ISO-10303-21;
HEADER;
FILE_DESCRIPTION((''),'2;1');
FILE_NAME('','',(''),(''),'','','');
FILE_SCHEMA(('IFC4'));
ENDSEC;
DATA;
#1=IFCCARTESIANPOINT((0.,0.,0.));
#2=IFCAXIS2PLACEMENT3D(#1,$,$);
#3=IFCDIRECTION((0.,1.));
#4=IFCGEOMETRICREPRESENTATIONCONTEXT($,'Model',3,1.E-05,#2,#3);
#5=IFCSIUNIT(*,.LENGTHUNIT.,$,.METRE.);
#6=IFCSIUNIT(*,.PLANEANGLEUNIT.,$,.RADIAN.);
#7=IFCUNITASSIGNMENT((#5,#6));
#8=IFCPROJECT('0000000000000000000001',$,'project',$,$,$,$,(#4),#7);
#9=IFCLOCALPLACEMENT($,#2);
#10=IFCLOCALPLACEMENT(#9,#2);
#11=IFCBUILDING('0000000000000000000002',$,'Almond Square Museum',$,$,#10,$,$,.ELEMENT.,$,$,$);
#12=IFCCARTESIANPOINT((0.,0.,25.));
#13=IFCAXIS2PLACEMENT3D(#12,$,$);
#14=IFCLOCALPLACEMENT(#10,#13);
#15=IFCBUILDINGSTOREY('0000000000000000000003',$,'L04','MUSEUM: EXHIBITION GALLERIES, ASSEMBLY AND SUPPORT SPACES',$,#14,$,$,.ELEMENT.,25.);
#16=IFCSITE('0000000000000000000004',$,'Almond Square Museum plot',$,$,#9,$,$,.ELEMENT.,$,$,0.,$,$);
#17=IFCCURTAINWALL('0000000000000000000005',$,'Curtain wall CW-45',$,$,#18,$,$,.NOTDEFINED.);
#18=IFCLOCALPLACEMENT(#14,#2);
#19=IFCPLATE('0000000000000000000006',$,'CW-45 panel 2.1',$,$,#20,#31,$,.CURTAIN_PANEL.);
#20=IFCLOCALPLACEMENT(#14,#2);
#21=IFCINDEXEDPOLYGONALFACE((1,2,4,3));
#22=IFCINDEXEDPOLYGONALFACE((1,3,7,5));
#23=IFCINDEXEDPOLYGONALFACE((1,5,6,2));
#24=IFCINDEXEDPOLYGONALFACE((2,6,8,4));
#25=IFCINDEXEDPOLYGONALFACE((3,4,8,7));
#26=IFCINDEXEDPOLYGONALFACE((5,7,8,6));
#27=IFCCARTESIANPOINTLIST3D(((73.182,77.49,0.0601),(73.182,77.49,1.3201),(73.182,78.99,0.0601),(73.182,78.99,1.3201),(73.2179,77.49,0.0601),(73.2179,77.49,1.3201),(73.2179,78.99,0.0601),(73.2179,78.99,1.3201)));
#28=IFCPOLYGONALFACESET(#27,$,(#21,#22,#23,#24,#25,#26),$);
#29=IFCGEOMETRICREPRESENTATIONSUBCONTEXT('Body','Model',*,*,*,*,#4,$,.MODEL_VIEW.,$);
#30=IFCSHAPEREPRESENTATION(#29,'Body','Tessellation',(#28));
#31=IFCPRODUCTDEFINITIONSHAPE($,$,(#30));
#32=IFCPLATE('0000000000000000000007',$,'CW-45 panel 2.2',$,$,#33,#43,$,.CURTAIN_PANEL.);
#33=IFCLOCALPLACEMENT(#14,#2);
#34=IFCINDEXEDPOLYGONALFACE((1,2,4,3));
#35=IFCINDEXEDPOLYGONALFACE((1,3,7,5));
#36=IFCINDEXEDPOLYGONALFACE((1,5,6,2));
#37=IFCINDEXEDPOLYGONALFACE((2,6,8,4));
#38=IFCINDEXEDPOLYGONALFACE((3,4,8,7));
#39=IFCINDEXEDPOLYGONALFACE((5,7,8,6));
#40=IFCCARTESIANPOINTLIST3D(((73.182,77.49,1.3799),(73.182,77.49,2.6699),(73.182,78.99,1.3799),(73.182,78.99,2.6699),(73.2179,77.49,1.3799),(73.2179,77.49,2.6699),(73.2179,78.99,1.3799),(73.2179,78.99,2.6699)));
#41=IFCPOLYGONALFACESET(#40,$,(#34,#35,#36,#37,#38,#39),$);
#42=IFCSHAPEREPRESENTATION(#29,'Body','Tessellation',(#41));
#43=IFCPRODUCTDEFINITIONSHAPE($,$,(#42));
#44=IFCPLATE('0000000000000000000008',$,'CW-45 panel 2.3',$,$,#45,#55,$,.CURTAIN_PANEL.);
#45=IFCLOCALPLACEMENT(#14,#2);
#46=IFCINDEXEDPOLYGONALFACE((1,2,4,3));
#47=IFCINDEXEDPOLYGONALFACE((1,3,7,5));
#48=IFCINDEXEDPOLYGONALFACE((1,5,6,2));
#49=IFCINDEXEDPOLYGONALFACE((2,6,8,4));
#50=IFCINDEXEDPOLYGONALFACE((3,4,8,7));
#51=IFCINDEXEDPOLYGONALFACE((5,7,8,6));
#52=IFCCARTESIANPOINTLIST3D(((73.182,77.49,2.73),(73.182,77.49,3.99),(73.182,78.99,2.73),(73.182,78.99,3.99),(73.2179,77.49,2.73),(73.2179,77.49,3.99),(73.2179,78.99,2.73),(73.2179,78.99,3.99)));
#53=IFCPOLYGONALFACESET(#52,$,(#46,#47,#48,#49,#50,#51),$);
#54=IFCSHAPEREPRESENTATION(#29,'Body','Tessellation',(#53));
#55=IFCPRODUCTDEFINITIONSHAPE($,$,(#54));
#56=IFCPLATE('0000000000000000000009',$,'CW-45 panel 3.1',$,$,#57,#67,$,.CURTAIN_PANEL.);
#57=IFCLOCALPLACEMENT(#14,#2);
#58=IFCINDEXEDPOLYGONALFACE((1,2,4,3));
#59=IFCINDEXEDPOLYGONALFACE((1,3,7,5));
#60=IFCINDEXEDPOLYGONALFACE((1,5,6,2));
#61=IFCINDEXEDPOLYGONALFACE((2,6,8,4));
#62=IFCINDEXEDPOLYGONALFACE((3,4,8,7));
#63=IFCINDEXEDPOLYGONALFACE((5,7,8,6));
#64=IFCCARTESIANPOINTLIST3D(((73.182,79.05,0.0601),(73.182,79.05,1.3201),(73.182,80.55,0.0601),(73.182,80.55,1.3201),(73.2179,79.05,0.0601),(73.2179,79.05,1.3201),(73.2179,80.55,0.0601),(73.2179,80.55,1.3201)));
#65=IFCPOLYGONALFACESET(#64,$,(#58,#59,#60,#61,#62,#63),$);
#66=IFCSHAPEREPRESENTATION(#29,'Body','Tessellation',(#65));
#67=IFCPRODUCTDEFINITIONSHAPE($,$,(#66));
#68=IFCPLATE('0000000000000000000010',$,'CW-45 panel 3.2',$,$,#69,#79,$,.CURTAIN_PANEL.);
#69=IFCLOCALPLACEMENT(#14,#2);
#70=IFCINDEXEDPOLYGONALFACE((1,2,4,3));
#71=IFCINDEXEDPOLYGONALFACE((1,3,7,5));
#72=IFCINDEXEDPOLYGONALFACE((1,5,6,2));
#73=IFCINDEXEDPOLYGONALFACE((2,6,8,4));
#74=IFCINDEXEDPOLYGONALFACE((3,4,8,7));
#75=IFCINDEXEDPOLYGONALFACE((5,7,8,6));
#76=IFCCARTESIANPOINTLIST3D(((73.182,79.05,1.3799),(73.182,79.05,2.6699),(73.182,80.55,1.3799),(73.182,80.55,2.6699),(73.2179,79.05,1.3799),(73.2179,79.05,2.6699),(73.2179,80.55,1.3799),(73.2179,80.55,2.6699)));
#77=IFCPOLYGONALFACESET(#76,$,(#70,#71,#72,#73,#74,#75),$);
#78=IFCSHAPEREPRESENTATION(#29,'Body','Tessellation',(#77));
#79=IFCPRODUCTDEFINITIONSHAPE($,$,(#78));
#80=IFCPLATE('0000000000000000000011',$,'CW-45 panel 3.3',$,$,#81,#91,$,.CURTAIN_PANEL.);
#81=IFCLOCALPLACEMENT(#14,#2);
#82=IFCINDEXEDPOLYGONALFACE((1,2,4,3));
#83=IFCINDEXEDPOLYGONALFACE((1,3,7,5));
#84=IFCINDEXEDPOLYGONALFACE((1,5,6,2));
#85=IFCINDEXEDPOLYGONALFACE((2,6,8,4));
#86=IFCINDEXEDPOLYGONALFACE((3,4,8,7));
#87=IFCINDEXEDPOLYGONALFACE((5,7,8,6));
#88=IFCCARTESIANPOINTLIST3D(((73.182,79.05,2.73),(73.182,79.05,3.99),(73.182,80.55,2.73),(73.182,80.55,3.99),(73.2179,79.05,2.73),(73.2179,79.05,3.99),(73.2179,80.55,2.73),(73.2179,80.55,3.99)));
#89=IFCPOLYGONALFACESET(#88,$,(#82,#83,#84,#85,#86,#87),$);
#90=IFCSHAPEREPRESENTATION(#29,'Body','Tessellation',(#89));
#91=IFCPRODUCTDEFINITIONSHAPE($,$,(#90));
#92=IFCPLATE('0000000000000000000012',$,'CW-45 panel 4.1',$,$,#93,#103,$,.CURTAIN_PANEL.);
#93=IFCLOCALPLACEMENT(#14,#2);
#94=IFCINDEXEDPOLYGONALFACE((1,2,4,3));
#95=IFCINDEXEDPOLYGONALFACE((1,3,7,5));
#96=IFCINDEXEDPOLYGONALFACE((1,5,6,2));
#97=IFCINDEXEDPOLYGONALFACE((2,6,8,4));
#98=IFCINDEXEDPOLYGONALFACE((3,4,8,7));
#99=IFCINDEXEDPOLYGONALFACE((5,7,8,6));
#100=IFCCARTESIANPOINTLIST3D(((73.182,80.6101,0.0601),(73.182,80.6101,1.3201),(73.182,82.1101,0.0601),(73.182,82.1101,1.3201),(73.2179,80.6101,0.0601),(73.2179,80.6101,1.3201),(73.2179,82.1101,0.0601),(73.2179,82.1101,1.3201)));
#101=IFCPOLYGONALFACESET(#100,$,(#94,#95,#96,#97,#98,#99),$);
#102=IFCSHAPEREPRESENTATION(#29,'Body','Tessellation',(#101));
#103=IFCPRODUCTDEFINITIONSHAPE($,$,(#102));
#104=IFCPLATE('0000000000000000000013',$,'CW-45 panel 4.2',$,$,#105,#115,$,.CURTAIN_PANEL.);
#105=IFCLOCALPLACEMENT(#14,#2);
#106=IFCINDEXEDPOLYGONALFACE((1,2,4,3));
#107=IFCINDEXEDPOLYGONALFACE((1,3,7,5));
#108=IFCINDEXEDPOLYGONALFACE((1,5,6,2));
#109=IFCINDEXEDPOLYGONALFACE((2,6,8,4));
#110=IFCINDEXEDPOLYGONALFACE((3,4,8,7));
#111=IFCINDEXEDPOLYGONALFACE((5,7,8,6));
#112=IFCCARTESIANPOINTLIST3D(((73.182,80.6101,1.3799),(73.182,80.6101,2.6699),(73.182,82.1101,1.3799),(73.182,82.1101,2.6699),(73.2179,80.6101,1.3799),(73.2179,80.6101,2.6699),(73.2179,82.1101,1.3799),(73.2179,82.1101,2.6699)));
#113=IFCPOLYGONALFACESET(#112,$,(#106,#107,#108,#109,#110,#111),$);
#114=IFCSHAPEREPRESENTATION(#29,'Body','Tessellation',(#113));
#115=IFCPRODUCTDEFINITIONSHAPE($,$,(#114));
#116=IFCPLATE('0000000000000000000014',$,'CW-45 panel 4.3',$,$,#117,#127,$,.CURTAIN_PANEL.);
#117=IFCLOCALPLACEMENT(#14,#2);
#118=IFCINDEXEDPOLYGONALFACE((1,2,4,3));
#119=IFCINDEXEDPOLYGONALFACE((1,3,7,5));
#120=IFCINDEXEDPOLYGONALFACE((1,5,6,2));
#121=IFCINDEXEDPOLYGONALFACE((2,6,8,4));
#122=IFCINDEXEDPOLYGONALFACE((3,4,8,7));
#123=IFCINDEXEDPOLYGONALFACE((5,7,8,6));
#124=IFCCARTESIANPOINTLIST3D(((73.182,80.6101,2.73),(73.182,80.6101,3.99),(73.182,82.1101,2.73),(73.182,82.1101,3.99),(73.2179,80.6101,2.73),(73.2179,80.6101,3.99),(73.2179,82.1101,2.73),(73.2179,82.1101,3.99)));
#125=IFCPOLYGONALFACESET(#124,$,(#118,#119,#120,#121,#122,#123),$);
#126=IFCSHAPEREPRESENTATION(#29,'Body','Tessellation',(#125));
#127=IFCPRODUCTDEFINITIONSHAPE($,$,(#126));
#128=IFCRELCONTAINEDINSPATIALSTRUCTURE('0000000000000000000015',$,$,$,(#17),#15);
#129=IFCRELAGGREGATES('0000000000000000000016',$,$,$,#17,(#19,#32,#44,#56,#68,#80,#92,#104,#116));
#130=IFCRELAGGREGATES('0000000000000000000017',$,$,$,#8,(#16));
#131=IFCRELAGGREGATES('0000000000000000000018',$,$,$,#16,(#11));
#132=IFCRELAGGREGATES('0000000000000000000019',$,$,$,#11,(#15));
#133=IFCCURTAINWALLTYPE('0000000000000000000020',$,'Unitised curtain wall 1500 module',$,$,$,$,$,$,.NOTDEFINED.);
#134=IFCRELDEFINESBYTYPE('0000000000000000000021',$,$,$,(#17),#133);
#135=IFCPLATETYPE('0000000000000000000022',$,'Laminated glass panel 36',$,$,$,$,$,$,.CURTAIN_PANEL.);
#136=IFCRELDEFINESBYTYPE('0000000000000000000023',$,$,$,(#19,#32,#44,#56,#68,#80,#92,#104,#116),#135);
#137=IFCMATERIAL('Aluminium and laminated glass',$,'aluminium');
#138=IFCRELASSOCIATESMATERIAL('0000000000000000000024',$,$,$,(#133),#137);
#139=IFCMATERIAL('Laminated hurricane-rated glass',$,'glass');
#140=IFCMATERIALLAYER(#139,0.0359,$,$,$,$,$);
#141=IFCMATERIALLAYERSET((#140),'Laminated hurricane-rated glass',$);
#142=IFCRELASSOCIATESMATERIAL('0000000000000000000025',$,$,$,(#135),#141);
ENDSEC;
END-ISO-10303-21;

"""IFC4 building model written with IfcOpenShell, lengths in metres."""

from ifc_helpers import new_model, si_unit, direction, frame, origin, origin_2d, place, context, subcontext, project, spatial, rectangle, extrude, material, layer, layer_set, type_object, element, aggregate, save


model = new_model("IFC4")

# Units and contexts
model_context = context("Model", 3, precision=1e-05, world=origin(), true_north=direction((0.0, 1.0)))
body_context = subcontext(model_context, "Body", "Model", "MODEL_VIEW")
ifc_project = project(units=[si_unit("LENGTHUNIT", "METRE"), si_unit("PLANEANGLEUNIT", "RADIAN")], contexts=[model_context])

# Site, building, storey
site_placement = place(None, origin())
site = spatial("IfcSite", under=ifc_project, at=site_placement, Name="Almond Square Museum plot", CompositionType="ELEMENT", RefElevation=0.0)
building_placement = place(site_placement, origin())
building = spatial("IfcBuilding", under=site, at=building_placement, Name="Almond Square Museum", CompositionType="ELEMENT")
storey_placement = place(building_placement, frame((0.0, 0.0, 25.0)))
storey = spatial("IfcBuildingStorey", under=building, at=storey_placement, Name="L04", Description="MUSEUM: EXHIBITION GALLERIES, ASSEMBLY AND SUPPORT SPACES", CompositionType="ELEMENT", Elevation=25.0)

# Curtain wall, plates
ifc_material_1 = material(Name="Aluminium and laminated glass", Category="aluminium")
curtain_wall_type = type_object("IfcCurtainWallType", Name="Unitised curtain wall 1500 module", PredefinedType="NOTDEFINED", material=ifc_material_1)
curtain_wall_placement = place(storey_placement, origin())
curtain_wall = element("IfcCurtainWall", 1, at=curtain_wall_placement, inside=storey, type_object=curtain_wall_type, Name="Curtain wall CW-45", PredefinedType="NOTDEFINED")
ifc_material_2 = material(Name="Laminated hurricane-rated glass", Category="glass")
ifc_layer = layer(ifc_material_2, 0.0359)
ifc_layer_set = layer_set([ifc_layer], Name="Laminated hurricane-rated glass")
plate_type = type_object("IfcPlateType", Name="Laminated glass panel 36", PredefinedType="CURTAIN_PANEL", material=ifc_layer_set)
plate_1_placement = place(storey_placement, frame((73.2, 78.24, 0.0601), z_axis=(0.0, 0.0, 1.0), x_axis=(0.0, 1.0, 0.0)))
plate_1 = element("IfcPlate", 2, at=plate_1_placement, type_object=plate_type, Name="CW-45 panel 2.1", PredefinedType="CURTAIN_PANEL", context=body_context, shape_type="SweptSolid", body=[
    extrude(rectangle(XDim=1.5, YDim=0.0359, at=origin_2d()), origin(), (0.0, 0.0, 1.0), 1.26),
])
plate_2_placement = place(storey_placement, frame((73.2, 78.24, 1.3799), z_axis=(0.0, 0.0, 1.0), x_axis=(0.0, 1.0, 0.0)))
plate_2 = element("IfcPlate", 3, at=plate_2_placement, type_object=plate_type, Name="CW-45 panel 2.2", PredefinedType="CURTAIN_PANEL", context=body_context, shape_type="SweptSolid", body=[
    extrude(rectangle(XDim=1.5, YDim=0.0359, at=origin_2d()), origin(), (0.0, 0.0, 1.0), 1.29),
])
plate_3_placement = place(storey_placement, frame((73.2, 78.24, 2.73), z_axis=(0.0, 0.0, 1.0), x_axis=(0.0, 1.0, 0.0)))
plate_3 = element("IfcPlate", 4, at=plate_3_placement, type_object=plate_type, Name="CW-45 panel 2.3", PredefinedType="CURTAIN_PANEL", context=body_context, shape_type="SweptSolid", body=[
    extrude(rectangle(XDim=1.5, YDim=0.0359, at=origin_2d()), origin(), (0.0, 0.0, 1.0), 1.26),
])
plate_4_placement = place(storey_placement, frame((73.2, 79.8, 0.0601), z_axis=(0.0, 0.0, 1.0), x_axis=(0.0, 1.0, 0.0)))
plate_4 = element("IfcPlate", 5, at=plate_4_placement, type_object=plate_type, Name="CW-45 panel 3.1", PredefinedType="CURTAIN_PANEL", context=body_context, shape_type="SweptSolid", body=[
    extrude(rectangle(XDim=1.5, YDim=0.0359, at=origin_2d()), origin(), (0.0, 0.0, 1.0), 1.26),
])
plate_5_placement = place(storey_placement, frame((73.2, 79.8, 1.3799), z_axis=(0.0, 0.0, 1.0), x_axis=(0.0, 1.0, 0.0)))
plate_5 = element("IfcPlate", 6, at=plate_5_placement, type_object=plate_type, Name="CW-45 panel 3.2", PredefinedType="CURTAIN_PANEL", context=body_context, shape_type="SweptSolid", body=[
    extrude(rectangle(XDim=1.5, YDim=0.0359, at=origin_2d()), origin(), (0.0, 0.0, 1.0), 1.29),
])
plate_6_placement = place(storey_placement, frame((73.2, 79.8, 2.73), z_axis=(0.0, 0.0, 1.0), x_axis=(0.0, 1.0, 0.0)))
plate_6 = element("IfcPlate", 7, at=plate_6_placement, type_object=plate_type, Name="CW-45 panel 3.3", PredefinedType="CURTAIN_PANEL", context=body_context, shape_type="SweptSolid", body=[
    extrude(rectangle(XDim=1.5, YDim=0.0359, at=origin_2d()), origin(), (0.0, 0.0, 1.0), 1.26),
])
plate_7_placement = place(storey_placement, frame((73.2, 81.3601, 0.0601), z_axis=(0.0, 0.0, 1.0), x_axis=(0.0, 1.0, 0.0)))
plate_7 = element("IfcPlate", 8, at=plate_7_placement, type_object=plate_type, Name="CW-45 panel 4.1", PredefinedType="CURTAIN_PANEL", context=body_context, shape_type="SweptSolid", body=[
    extrude(rectangle(XDim=1.5, YDim=0.0359, at=origin_2d()), origin(), (0.0, 0.0, 1.0), 1.26),
])
plate_8_placement = place(storey_placement, frame((73.2, 81.3601, 1.3799), z_axis=(0.0, 0.0, 1.0), x_axis=(0.0, 1.0, 0.0)))
plate_8 = element("IfcPlate", 9, at=plate_8_placement, type_object=plate_type, Name="CW-45 panel 4.2", PredefinedType="CURTAIN_PANEL", context=body_context, shape_type="SweptSolid", body=[
    extrude(rectangle(XDim=1.5, YDim=0.0359, at=origin_2d()), origin(), (0.0, 0.0, 1.0), 1.29),
])
plate_9_placement = place(storey_placement, frame((73.2, 81.3601, 2.73), z_axis=(0.0, 0.0, 1.0), x_axis=(0.0, 1.0, 0.0)))
plate_9 = element("IfcPlate", 10, at=plate_9_placement, type_object=plate_type, Name="CW-45 panel 4.3", PredefinedType="CURTAIN_PANEL", context=body_context, shape_type="SweptSolid", body=[
    extrude(rectangle(XDim=1.5, YDim=0.0359, at=origin_2d()), origin(), (0.0, 0.0, 1.0), 1.26),
])
aggregate(curtain_wall, [plate_1, plate_2, plate_3, plate_4, plate_5, plate_6, plate_7, plate_8, plate_9])

save(model, "model.ifc")
